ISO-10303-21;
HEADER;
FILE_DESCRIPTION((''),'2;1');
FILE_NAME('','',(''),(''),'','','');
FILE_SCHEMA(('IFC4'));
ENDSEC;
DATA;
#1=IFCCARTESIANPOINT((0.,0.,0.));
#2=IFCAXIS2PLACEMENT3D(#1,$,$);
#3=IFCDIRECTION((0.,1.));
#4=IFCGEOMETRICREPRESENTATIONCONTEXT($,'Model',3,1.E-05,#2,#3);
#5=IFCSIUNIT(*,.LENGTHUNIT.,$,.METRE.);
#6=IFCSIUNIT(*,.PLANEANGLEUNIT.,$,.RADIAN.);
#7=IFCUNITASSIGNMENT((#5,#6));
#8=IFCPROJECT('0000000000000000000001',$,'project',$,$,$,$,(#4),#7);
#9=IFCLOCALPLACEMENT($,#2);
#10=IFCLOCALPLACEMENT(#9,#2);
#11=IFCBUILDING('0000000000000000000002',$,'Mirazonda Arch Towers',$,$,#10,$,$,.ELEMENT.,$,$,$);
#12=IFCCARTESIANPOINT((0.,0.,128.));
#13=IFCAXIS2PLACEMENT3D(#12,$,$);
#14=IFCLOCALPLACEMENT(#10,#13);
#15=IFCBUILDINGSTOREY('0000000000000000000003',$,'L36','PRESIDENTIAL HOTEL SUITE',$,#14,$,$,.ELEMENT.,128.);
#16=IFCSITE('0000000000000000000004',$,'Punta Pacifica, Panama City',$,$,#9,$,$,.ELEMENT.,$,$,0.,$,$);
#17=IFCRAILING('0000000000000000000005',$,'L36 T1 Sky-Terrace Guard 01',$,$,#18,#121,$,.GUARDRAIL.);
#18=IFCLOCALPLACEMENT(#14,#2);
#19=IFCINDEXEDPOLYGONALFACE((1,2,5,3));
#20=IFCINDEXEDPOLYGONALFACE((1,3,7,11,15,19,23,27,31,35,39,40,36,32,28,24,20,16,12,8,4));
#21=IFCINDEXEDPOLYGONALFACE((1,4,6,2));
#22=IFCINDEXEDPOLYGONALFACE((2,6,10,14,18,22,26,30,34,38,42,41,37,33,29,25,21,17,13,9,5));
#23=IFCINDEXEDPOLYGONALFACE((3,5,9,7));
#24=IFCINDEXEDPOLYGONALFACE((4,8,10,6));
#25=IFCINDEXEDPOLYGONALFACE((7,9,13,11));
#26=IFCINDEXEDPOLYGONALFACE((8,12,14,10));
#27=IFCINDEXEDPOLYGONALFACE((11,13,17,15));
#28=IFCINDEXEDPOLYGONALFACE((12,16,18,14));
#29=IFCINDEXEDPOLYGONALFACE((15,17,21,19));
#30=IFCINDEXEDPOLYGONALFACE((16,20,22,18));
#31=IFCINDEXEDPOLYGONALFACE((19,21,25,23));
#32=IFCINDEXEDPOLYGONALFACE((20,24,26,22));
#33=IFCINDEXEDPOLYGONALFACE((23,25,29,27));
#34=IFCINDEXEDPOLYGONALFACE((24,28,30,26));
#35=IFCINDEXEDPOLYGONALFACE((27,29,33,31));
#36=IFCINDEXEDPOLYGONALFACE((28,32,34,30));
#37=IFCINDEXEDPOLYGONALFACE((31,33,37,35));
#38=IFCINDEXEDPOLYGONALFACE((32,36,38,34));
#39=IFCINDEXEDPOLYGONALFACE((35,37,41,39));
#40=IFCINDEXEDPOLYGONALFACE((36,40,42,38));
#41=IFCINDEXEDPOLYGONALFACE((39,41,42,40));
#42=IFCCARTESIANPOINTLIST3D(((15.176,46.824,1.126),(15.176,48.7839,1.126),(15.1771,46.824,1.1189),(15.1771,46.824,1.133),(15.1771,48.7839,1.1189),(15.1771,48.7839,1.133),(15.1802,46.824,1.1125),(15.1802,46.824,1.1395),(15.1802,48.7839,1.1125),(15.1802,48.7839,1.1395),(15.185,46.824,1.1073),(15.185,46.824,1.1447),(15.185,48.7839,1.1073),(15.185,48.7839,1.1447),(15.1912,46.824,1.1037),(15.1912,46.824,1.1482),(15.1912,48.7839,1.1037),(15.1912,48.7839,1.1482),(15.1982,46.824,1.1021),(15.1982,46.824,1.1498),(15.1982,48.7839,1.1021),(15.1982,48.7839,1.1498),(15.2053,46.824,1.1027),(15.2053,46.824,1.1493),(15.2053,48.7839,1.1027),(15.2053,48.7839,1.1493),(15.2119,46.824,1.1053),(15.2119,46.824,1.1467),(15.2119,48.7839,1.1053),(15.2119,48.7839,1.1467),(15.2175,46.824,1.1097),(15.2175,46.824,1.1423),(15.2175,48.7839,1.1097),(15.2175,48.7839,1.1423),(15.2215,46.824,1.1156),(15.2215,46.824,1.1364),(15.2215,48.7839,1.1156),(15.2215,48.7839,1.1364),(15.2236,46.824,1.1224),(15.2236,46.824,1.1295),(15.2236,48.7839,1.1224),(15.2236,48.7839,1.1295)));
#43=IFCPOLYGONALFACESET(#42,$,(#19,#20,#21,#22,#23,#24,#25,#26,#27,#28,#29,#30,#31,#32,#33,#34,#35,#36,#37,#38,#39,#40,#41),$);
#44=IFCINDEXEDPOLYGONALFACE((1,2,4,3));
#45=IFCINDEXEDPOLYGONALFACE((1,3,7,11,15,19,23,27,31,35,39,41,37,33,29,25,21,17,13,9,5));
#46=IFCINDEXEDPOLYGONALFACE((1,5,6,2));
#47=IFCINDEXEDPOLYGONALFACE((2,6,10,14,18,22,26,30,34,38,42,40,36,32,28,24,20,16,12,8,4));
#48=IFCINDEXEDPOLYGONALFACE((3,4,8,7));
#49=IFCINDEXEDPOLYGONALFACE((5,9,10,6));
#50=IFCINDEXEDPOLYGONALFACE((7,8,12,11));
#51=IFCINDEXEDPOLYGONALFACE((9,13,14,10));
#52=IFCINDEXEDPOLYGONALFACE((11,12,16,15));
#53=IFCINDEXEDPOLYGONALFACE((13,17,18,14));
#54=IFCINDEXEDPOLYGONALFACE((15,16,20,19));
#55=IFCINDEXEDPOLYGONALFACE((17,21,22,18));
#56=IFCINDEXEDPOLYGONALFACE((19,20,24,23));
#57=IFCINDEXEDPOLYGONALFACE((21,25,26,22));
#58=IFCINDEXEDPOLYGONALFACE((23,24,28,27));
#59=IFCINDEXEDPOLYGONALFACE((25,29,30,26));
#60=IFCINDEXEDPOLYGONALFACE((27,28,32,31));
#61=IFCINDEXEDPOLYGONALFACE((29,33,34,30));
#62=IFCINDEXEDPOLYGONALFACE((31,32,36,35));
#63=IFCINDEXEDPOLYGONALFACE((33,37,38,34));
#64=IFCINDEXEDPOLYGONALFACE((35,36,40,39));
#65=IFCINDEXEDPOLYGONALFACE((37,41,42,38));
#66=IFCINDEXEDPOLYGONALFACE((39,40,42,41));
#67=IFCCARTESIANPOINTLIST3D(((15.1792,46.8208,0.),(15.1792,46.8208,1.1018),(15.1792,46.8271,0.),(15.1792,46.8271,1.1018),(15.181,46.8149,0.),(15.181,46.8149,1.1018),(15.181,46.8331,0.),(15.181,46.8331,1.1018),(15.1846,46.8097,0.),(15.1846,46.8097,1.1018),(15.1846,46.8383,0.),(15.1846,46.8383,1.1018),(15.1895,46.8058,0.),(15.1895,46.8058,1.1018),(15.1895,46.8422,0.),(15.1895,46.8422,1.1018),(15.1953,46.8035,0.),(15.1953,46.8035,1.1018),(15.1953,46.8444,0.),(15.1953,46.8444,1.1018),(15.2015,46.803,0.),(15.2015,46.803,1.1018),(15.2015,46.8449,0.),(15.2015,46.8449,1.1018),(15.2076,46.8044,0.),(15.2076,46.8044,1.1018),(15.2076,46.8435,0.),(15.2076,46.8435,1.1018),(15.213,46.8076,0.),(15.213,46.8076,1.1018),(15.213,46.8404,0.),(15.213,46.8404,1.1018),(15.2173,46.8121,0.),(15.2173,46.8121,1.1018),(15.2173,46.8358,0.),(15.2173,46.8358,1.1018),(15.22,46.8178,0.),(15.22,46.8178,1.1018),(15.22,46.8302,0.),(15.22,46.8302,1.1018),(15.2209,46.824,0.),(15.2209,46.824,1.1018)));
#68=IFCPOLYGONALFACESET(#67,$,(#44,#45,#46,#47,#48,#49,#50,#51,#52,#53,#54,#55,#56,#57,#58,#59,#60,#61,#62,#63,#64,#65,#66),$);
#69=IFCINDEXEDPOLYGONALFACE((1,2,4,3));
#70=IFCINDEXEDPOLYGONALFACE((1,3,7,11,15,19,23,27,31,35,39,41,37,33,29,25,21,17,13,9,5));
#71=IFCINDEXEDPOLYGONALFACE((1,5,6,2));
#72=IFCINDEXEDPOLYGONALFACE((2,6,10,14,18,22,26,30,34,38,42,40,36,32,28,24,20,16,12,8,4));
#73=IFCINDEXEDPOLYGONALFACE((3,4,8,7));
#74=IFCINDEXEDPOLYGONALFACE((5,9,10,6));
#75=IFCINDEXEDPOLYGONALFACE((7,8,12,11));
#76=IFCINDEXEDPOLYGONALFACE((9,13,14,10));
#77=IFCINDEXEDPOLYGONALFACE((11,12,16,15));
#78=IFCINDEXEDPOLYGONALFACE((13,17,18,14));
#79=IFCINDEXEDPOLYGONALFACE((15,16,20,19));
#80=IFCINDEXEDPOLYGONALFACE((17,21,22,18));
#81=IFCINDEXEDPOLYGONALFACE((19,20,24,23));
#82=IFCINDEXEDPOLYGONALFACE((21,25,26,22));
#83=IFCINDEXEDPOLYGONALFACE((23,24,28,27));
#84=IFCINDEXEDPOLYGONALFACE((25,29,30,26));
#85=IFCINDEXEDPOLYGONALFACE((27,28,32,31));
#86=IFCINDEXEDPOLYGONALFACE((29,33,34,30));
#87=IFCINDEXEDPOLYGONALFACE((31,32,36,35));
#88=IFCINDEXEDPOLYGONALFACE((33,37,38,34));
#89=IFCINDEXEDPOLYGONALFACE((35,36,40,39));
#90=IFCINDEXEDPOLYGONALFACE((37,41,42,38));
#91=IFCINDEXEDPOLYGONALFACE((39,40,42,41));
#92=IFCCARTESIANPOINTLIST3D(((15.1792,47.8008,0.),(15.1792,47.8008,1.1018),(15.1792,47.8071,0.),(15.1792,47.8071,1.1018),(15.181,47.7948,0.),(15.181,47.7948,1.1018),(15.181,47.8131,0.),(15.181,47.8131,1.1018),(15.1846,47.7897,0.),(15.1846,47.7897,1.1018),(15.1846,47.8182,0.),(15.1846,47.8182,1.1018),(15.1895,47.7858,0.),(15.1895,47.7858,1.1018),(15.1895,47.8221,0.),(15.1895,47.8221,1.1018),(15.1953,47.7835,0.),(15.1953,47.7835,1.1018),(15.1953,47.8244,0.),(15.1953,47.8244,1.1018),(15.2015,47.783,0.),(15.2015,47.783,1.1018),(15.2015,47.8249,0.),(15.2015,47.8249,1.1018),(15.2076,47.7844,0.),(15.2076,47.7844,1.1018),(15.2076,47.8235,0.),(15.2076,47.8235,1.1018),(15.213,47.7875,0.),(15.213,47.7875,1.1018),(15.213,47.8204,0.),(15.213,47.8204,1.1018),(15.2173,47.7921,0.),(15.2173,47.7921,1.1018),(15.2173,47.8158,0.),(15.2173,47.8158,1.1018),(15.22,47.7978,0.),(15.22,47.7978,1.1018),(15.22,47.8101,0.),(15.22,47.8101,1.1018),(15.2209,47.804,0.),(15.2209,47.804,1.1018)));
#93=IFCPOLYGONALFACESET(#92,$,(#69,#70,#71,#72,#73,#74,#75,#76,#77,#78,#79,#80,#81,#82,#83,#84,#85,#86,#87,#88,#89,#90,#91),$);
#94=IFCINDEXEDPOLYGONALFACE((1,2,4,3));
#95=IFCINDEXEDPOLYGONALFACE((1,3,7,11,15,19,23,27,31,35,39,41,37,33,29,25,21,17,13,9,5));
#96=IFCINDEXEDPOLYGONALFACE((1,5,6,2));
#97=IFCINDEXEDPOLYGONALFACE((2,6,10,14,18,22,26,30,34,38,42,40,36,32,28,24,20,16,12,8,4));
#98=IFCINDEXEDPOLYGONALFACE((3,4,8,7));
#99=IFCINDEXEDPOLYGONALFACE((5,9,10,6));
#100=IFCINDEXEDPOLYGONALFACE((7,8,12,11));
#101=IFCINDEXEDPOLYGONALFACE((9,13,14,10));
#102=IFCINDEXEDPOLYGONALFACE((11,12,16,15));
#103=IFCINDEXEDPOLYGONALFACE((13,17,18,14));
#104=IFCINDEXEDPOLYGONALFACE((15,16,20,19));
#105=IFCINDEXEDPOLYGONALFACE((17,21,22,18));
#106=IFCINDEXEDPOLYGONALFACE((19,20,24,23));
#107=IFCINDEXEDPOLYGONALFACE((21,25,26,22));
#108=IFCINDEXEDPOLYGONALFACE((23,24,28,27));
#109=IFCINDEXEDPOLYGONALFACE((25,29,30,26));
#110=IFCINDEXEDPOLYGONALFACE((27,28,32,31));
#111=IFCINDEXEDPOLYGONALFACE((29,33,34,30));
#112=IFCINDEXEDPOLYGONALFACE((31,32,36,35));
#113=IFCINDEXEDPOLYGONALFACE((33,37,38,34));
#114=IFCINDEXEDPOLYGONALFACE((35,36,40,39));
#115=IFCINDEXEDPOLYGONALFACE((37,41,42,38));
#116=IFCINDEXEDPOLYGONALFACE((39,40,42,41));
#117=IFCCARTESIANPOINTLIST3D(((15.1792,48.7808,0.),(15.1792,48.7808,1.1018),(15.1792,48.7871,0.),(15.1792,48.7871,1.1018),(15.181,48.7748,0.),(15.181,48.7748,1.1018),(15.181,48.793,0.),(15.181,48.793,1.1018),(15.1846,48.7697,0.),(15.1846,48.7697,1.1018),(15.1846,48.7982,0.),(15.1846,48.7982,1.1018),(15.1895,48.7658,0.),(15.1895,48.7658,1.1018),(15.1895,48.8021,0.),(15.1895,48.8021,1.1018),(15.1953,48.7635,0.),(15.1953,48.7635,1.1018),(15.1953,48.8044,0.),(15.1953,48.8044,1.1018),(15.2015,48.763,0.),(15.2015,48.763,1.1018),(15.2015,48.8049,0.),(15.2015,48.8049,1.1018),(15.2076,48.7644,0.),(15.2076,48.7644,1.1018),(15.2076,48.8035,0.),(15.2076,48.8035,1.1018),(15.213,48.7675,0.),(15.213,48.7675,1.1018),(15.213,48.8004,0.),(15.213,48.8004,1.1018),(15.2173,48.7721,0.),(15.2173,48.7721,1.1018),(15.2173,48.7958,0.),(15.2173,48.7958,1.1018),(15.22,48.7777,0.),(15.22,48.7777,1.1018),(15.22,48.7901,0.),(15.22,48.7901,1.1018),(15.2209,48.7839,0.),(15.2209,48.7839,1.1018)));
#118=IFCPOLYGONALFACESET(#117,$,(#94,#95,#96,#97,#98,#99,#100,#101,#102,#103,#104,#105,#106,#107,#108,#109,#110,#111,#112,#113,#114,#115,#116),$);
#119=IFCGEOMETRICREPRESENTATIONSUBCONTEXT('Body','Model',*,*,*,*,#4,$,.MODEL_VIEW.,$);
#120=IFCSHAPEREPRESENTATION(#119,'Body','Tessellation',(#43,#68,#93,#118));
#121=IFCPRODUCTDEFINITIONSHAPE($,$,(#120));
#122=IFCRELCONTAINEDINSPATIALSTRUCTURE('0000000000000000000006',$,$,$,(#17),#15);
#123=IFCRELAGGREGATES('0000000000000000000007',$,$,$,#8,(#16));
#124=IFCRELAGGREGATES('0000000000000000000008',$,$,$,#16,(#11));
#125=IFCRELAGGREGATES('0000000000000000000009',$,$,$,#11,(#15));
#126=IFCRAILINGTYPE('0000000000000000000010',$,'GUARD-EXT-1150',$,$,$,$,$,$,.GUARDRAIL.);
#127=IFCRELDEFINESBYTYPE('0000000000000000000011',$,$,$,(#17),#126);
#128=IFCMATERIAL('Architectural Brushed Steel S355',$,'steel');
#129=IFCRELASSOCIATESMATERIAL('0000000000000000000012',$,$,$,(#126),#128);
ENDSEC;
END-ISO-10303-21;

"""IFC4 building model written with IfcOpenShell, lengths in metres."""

from ifc_helpers import new_model, si_unit, direction, frame, origin, origin_2d, place, context, subcontext, project, spatial, circle, extrude, material, type_object, element, save


model = new_model("IFC4")

# Units and contexts
model_context = context("Model", 3, precision=1e-05, world=origin(), true_north=direction((0.0, 1.0)))
body_context = subcontext(model_context, "Body", "Model", "MODEL_VIEW")
ifc_project = project(units=[si_unit("LENGTHUNIT", "METRE"), si_unit("PLANEANGLEUNIT", "RADIAN")], contexts=[model_context])

# Site, building, storey
site_placement = place(None, origin())
site = spatial("IfcSite", under=ifc_project, at=site_placement, Name="Punta Pacifica, Panama City", CompositionType="ELEMENT", RefElevation=0.0)
building_placement = place(site_placement, origin())
building = spatial("IfcBuilding", under=site, at=building_placement, Name="Mirazonda Arch Towers", CompositionType="ELEMENT")
storey_placement = place(building_placement, frame((0.0, 0.0, 128.0)))
storey = spatial("IfcBuildingStorey", under=building, at=storey_placement, Name="L36", Description="PRESIDENTIAL HOTEL SUITE", CompositionType="ELEMENT", Elevation=128.0)

# Shared definitions
ifc_material_1 = material(Name="Architectural Brushed Steel S355", Category="steel")

# Railing
railing_type_1 = type_object("IfcRailingType", Name="GUARD-EXT-1150", PredefinedType="GUARDRAIL", material=ifc_material_1)
railing_1_placement = place(storey_placement, frame((15.2, 46.824, 0.0)))
element("IfcRailing", 1, at=railing_1_placement, inside=storey, type_object=railing_type_1, Name="L36 T1 Sky-Terrace Guard 01", PredefinedType="GUARDRAIL", context=body_context, shape_type="SweptSolid", body=[
    extrude(circle(Radius=0.0239, at=origin_2d()), frame((0.0, 0.0, 1.126), z_axis=(0.0, 1.0, 0.0), x_axis=(-1.0, 0.0, 0.0)), (0.0, 0.0, 1.0), 1.96),
    extrude(circle(Radius=0.021, at=origin_2d()), origin(), (0.0, 0.0, 1.0), 1.1018),
    extrude(circle(Radius=0.021, at=origin_2d()), frame((0.0, 0.98, 0.0)), (0.0, 0.0, 1.0), 1.1018),
    extrude(circle(Radius=0.021, at=origin_2d()), frame((0.0, 1.96, 0.0)), (0.0, 0.0, 1.0), 1.1018),
])

save(model, "model.ifc")
